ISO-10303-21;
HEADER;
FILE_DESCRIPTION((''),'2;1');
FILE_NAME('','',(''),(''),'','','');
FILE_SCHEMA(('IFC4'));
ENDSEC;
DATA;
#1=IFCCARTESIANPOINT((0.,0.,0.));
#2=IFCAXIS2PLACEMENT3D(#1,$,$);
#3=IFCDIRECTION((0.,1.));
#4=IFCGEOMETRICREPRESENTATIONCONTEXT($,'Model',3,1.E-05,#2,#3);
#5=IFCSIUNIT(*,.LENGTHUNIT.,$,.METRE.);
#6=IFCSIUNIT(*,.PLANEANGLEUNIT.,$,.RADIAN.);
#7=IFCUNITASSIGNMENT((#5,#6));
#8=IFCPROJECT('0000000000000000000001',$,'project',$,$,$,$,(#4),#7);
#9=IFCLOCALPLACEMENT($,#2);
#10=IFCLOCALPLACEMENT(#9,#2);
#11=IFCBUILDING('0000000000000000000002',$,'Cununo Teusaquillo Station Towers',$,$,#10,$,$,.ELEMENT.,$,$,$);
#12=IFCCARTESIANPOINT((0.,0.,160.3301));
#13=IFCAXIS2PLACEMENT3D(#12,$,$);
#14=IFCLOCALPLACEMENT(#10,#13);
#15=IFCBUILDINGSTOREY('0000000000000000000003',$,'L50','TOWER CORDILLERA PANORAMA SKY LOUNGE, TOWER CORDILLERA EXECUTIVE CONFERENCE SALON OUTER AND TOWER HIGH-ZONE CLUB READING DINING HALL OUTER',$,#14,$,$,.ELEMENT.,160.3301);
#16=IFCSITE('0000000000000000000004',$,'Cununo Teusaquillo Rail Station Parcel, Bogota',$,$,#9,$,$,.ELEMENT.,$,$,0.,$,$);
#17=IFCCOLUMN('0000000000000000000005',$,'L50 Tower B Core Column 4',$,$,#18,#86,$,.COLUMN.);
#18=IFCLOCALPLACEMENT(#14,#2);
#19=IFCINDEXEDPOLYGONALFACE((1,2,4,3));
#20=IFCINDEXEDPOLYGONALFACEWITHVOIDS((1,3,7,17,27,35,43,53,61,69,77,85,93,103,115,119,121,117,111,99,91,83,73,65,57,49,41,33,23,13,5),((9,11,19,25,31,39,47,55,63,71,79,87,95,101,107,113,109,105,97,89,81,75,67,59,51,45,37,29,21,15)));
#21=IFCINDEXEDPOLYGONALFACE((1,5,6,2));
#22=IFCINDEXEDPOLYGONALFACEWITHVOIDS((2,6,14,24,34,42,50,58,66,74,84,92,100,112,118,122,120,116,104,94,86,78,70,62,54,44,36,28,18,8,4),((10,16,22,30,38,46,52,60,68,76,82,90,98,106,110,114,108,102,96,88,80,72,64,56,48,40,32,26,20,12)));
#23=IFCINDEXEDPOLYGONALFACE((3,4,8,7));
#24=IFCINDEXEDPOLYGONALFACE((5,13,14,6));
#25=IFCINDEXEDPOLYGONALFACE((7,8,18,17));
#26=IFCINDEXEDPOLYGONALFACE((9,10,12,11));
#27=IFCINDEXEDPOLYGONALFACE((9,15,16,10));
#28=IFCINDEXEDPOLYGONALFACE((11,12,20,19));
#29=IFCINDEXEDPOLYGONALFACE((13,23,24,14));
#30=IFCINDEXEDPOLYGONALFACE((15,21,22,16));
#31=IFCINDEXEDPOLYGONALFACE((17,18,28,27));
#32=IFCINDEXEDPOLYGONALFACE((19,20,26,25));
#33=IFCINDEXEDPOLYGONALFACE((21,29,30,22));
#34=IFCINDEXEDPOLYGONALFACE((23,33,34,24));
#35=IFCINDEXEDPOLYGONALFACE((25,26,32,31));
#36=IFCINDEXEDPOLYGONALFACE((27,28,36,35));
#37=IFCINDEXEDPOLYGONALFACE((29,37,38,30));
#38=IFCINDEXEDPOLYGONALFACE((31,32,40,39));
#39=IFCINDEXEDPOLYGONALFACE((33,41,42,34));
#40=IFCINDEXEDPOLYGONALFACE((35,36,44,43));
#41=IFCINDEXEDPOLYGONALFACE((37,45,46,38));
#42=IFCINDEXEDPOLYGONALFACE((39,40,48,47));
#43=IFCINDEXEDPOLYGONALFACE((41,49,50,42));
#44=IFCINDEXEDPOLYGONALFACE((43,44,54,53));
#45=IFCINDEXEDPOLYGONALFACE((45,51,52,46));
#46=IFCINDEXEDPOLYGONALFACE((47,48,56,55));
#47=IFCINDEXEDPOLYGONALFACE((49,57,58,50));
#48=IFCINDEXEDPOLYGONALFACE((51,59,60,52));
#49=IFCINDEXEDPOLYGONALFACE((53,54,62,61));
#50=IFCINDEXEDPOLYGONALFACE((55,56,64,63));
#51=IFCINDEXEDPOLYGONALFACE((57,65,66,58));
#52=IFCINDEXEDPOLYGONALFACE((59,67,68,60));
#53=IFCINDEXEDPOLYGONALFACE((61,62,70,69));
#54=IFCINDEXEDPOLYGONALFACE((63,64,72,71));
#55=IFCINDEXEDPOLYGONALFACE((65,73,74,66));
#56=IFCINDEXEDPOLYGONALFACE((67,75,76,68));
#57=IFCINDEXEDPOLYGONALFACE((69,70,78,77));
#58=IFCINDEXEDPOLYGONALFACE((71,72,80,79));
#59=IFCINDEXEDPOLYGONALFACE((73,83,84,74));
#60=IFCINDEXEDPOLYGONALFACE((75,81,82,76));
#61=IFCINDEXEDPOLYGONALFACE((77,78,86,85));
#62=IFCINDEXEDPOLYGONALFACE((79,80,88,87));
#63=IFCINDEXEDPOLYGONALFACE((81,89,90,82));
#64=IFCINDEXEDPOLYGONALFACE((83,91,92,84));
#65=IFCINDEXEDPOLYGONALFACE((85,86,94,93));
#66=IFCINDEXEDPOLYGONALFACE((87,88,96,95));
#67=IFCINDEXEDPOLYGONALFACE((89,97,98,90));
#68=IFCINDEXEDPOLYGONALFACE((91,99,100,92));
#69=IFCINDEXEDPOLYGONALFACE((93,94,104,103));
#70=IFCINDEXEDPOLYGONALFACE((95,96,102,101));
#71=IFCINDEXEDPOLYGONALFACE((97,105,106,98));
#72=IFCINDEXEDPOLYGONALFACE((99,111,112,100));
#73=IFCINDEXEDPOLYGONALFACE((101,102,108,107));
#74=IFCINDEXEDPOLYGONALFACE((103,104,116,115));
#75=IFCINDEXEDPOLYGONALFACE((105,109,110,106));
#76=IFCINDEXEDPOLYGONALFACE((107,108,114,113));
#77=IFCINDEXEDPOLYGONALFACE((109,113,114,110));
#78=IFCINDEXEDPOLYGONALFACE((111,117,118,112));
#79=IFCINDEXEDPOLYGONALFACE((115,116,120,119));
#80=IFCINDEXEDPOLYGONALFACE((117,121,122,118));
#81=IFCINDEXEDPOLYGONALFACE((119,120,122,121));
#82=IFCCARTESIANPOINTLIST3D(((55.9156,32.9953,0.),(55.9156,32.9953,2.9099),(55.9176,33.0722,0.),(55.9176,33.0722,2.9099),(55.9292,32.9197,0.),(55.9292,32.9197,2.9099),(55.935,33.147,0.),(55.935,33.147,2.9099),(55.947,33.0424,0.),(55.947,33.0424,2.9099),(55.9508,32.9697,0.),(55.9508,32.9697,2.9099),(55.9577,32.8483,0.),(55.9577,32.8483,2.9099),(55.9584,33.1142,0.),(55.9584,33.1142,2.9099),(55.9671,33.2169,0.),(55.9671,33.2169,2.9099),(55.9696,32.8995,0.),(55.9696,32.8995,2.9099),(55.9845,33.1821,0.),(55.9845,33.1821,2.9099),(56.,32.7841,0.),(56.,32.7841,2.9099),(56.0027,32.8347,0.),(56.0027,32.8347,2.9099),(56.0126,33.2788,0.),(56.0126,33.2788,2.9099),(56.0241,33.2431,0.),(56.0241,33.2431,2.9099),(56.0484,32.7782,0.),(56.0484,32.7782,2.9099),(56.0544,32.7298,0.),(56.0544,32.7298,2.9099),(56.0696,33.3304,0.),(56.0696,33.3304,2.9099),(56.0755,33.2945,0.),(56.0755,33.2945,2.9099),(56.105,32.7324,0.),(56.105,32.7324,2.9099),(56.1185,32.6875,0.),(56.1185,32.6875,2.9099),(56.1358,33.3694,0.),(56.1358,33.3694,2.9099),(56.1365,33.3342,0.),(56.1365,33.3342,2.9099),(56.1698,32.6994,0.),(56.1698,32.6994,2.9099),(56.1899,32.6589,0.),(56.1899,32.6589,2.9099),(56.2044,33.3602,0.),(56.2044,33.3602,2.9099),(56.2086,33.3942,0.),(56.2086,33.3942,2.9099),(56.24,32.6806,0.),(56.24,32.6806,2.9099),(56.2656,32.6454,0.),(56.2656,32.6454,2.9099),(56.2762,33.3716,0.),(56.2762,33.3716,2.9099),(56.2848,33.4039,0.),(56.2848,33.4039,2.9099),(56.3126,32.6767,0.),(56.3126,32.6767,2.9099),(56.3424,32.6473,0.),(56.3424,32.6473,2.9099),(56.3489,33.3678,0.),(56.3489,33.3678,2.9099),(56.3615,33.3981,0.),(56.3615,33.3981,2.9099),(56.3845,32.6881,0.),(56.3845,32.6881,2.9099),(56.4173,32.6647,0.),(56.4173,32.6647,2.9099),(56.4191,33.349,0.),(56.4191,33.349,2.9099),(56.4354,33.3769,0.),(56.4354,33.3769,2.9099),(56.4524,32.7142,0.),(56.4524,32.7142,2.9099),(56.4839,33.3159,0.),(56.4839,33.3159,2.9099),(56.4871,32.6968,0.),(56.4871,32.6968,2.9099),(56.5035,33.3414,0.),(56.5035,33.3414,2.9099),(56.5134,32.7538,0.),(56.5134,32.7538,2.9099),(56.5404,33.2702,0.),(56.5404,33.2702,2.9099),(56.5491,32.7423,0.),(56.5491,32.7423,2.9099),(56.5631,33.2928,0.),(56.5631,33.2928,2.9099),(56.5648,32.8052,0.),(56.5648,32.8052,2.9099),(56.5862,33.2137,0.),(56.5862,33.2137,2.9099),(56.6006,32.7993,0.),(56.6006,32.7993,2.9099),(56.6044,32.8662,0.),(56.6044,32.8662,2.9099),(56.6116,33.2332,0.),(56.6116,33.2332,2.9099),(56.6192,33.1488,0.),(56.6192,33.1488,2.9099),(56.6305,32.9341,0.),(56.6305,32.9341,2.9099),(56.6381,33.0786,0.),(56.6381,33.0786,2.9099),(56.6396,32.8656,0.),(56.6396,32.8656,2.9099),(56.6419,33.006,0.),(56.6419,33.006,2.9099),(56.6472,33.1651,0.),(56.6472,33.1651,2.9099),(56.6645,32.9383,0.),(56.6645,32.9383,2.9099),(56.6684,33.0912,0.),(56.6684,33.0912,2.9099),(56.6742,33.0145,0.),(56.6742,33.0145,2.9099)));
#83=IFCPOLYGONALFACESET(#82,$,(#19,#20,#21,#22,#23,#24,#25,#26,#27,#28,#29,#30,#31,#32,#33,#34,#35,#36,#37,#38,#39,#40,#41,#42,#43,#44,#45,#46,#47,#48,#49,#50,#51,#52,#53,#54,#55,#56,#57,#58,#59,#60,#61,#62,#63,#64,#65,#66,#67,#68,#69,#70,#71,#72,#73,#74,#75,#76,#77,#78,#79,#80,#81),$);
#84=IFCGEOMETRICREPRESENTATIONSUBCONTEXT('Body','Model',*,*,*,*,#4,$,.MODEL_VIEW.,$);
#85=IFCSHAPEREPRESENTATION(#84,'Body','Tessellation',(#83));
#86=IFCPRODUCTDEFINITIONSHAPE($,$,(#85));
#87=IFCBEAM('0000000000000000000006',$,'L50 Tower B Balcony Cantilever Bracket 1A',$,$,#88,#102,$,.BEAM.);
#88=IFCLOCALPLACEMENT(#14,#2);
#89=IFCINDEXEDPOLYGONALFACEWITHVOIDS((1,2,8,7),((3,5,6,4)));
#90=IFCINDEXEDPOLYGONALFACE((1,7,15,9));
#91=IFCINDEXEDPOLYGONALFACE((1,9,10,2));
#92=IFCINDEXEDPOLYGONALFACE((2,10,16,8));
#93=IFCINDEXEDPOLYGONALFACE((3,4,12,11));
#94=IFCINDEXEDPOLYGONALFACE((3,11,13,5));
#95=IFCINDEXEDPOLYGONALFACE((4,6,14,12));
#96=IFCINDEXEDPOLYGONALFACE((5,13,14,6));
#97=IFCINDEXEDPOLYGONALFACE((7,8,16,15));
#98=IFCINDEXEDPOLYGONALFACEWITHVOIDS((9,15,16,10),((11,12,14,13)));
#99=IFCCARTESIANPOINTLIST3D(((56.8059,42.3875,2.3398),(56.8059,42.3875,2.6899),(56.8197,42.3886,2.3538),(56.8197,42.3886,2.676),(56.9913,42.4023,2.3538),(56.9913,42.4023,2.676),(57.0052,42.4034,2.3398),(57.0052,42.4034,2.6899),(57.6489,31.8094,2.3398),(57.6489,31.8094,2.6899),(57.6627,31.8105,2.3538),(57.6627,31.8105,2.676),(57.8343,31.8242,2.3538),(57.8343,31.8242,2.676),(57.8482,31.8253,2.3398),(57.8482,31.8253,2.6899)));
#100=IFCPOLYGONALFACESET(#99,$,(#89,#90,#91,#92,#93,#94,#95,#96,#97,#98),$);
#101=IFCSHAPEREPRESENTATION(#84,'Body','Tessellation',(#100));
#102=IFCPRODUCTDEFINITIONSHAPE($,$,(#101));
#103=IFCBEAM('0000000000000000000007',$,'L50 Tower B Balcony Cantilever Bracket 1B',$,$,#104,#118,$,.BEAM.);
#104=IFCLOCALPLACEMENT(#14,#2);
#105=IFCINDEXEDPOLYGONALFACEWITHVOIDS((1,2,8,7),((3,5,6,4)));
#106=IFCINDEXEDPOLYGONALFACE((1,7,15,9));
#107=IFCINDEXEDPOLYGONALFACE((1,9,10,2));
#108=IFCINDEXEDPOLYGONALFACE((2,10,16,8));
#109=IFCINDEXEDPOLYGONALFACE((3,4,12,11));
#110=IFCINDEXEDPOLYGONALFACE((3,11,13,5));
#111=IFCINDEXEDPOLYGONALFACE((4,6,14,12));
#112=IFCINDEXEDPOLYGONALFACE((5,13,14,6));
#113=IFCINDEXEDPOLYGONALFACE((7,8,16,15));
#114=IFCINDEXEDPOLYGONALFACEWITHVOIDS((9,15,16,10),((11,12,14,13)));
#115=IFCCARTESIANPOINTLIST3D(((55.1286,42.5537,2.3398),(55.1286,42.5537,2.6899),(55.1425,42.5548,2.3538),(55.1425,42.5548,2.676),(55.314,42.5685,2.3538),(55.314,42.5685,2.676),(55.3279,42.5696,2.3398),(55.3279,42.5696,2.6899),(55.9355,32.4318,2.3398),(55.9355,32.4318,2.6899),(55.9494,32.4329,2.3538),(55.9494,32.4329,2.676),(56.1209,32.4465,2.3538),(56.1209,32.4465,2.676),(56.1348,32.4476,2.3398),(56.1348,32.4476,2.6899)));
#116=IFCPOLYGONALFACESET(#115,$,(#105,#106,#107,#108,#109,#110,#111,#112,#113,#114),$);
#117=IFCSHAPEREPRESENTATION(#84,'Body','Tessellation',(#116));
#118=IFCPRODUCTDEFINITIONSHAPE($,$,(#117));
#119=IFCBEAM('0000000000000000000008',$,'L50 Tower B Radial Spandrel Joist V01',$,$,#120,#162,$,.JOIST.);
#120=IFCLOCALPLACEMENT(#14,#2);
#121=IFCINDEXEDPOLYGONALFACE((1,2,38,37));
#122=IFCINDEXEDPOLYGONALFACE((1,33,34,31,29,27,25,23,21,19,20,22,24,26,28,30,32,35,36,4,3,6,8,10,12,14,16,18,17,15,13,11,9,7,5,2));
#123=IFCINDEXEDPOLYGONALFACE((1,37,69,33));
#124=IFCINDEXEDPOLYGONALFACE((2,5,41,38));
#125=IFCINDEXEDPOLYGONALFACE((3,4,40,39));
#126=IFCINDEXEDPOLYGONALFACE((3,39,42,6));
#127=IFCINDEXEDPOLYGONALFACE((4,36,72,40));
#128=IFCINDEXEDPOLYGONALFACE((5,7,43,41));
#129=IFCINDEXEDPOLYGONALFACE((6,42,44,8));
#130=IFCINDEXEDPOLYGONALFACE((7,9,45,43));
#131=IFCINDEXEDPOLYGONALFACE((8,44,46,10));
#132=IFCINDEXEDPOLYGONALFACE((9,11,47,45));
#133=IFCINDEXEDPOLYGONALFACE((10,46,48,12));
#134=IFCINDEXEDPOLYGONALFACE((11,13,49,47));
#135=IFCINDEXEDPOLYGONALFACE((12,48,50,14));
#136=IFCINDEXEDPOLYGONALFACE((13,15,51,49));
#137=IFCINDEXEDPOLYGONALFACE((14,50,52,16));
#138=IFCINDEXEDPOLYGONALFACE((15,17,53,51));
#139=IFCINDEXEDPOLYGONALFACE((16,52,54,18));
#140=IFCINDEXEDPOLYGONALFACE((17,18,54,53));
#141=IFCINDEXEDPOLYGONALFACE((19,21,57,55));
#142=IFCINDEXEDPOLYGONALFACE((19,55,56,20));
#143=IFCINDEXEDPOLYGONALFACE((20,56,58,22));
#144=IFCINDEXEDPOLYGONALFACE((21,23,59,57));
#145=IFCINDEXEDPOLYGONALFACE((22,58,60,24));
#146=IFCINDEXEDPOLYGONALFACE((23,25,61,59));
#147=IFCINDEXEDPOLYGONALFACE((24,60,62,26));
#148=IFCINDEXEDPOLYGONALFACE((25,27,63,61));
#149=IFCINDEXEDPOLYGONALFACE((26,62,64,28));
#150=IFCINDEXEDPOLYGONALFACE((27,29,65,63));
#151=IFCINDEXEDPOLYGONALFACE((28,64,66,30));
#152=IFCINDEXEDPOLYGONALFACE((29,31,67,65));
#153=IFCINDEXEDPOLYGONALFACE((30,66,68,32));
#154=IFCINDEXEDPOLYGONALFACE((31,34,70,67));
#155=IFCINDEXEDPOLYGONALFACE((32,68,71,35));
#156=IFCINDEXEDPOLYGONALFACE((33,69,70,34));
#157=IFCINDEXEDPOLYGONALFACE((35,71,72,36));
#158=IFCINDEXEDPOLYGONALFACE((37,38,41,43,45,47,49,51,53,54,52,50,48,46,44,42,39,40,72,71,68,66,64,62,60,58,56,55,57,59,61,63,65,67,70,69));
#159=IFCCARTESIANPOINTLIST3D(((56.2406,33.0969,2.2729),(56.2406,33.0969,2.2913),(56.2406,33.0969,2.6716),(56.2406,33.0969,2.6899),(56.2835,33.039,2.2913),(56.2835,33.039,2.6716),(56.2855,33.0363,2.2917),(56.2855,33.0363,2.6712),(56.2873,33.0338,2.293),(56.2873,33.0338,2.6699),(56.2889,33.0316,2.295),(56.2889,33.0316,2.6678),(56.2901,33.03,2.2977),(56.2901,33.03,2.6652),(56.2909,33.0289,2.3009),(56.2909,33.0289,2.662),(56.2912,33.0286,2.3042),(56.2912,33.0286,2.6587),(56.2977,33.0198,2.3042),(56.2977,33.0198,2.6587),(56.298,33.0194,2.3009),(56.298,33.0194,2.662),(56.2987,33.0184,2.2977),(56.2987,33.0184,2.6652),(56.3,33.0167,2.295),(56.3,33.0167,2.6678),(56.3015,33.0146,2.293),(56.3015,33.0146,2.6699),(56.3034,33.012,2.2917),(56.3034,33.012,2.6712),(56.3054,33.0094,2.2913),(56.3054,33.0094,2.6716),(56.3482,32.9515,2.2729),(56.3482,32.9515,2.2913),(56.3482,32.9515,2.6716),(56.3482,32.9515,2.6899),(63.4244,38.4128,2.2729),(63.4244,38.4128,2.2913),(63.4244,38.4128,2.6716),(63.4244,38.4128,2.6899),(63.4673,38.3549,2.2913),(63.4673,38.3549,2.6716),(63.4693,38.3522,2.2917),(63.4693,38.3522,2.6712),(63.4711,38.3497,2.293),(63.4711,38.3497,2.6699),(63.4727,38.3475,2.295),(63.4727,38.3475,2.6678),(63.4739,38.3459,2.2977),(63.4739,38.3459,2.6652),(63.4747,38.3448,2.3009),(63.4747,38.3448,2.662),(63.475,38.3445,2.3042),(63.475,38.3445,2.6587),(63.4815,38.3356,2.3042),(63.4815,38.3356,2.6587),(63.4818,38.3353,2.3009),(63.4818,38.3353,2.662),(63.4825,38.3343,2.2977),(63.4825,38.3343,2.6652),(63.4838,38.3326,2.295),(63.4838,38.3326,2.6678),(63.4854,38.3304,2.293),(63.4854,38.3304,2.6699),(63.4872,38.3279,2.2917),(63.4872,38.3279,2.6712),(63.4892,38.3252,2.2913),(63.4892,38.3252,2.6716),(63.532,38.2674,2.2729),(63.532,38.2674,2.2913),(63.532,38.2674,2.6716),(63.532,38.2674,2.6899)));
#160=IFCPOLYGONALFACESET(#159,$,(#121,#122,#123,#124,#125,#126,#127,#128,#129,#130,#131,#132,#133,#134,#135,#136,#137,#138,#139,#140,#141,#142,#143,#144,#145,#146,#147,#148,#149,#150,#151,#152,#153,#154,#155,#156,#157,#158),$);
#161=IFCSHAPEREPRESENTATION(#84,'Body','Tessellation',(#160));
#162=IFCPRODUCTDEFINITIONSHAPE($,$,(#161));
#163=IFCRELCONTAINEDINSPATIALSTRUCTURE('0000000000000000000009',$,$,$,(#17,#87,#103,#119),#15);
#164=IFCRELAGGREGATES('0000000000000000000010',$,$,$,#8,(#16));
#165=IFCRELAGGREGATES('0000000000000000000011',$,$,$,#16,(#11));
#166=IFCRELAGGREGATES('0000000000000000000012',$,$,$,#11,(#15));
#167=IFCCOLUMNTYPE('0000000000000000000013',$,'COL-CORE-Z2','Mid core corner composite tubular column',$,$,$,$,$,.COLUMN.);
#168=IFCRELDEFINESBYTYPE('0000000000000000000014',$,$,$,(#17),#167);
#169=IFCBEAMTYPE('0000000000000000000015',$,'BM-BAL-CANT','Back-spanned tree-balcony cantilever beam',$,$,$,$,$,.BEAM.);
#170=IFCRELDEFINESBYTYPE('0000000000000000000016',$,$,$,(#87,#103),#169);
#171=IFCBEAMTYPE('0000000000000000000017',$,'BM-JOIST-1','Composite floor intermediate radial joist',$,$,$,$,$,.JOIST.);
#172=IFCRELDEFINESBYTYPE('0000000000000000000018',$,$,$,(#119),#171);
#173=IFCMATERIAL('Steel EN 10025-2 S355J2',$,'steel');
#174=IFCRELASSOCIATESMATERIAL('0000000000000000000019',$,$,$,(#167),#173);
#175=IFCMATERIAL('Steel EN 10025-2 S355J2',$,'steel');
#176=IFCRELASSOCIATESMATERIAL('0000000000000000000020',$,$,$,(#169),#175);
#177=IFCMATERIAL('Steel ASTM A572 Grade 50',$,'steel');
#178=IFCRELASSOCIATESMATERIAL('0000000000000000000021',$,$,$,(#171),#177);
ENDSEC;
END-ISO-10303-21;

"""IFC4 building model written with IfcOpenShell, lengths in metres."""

from ifc_helpers import new_model, si_unit, direction, frame, origin, origin_2d, place, context, subcontext, project, spatial, hollow_rectangle, hollow_circle, i_section, extrude, material, material_profile, profile_set, type_object, element, save


model = new_model("IFC4")

# Units and contexts
model_context = context("Model", 3, precision=1e-05, world=origin(), true_north=direction((0.0, 1.0)))
body_context = subcontext(model_context, "Body", "Model", "MODEL_VIEW")
ifc_project = project(units=[si_unit("LENGTHUNIT", "METRE"), si_unit("PLANEANGLEUNIT", "RADIAN")], contexts=[model_context])

# Site, building, storey
site_placement = place(None, origin())
site = spatial("IfcSite", under=ifc_project, at=site_placement, Name="Cununo Teusaquillo Rail Station Parcel, Bogota", CompositionType="ELEMENT", RefElevation=0.0)
building_placement = place(site_placement, origin())
building = spatial("IfcBuilding", under=site, at=building_placement, Name="Cununo Teusaquillo Station Towers", CompositionType="ELEMENT")
storey_placement = place(building_placement, frame((0.0, 0.0, 160.3301)))
storey = spatial("IfcBuildingStorey", under=building, at=storey_placement, Name="L50", Description="TOWER CORDILLERA PANORAMA SKY LOUNGE, TOWER CORDILLERA EXECUTIVE CONFERENCE SALON OUTER AND TOWER HIGH-ZONE CLUB READING DINING HALL OUTER", CompositionType="ELEMENT", Elevation=160.3301)

# Column
ifc_material_1 = material(Name="Steel EN 10025-2 S355J2", Category="steel")
ifc_material_profile_1 = material_profile(ifc_material_1, hollow_circle(Radius=0.3799, WallThickness=0.032, at=origin_2d()), Name="CHS 760x32")
ifc_profile_set_1 = profile_set([ifc_material_profile_1], Name="Steel EN 10025-2 S355J2")
column_type = type_object("IfcColumnType", Name="COL-CORE-Z2", Description="Mid core corner composite tubular column", PredefinedType="COLUMN", material=ifc_profile_set_1)
column_placement = place(storey_placement, frame((56.2944, 33.0242, 0.0), z_axis=(0.0, 0.0, 1.0), x_axis=(0.707107, 0.707107, 0.0)))
element("IfcColumn", 1, at=column_placement, inside=storey, type_object=column_type, Name="L50 Tower B Core Column 4", PredefinedType="COLUMN", context=body_context, shape_type="SweptSolid", body=[
    extrude(hollow_circle(Radius=0.3799, WallThickness=0.032, at=origin_2d()), origin(), (0.0, 0.0, 1.0), 2.9099),
])

# Beams
ifc_material_2 = material(Name="Steel EN 10025-2 S355J2", Category="steel")
ifc_material_profile_2 = material_profile(ifc_material_2, hollow_rectangle(XDim=0.2, YDim=0.3501, WallThickness=0.0139, at=origin_2d()), Name="RHS 350x200x14")
ifc_profile_set_2 = profile_set([ifc_material_profile_2], Name="Steel EN 10025-2 S355J2")
beam_type_1 = type_object("IfcBeamType", Name="BM-BAL-CANT", Description="Back-spanned tree-balcony cantilever beam", PredefinedType="BEAM", material=ifc_profile_set_2)
beam_1_placement = place(storey_placement, frame((57.7485, 31.8174, 2.5149), z_axis=(-0.079443, 0.996839, 0.0), x_axis=(-0.996839, -0.079443, 0.0)))
element("IfcBeam", 2, at=beam_1_placement, inside=storey, type_object=beam_type_1, Name="L50 Tower B Balcony Cantilever Bracket 1A", PredefinedType="BEAM", context=body_context, shape_type="SweptSolid", body=[
    extrude(hollow_rectangle(XDim=0.2, YDim=0.3501, WallThickness=0.0139, at=origin_2d()), origin(), (0.0, 0.0, 1.0), 10.6116),
])
beam_2_placement = place(storey_placement, frame((56.0352, 32.4397, 2.5149), z_axis=(-0.079465, 0.996838, 0.0), x_axis=(-0.996838, -0.079465, 0.0)))
element("IfcBeam", 3, at=beam_2_placement, inside=storey, type_object=beam_type_1, Name="L50 Tower B Balcony Cantilever Bracket 1B", PredefinedType="BEAM", context=body_context, shape_type="SweptSolid", body=[
    extrude(hollow_rectangle(XDim=0.2, YDim=0.3501, WallThickness=0.0139, at=origin_2d()), origin(), (0.0, 0.0, 1.0), 10.1541),
])
ifc_material_3 = material(Name="Steel ASTM A572 Grade 50", Category="steel")
ifc_material_profile_3 = material_profile(ifc_material_3, i_section(OverallWidth=0.1809, OverallDepth=0.417, WebThickness=0.011, FlangeThickness=0.0183, FilletRadius=0.0129, at=origin_2d()), Name="W16X57")
ifc_profile_set_3 = profile_set([ifc_material_profile_3], Name="Steel ASTM A572 Grade 50")
beam_type_2 = type_object("IfcBeamType", Name="BM-JOIST-1", Description="Composite floor intermediate radial joist", PredefinedType="JOIST", material=ifc_profile_set_3)
beam_3_placement = place(storey_placement, frame((56.2944, 33.0242, 2.4814), z_axis=(0.803848, 0.594834, 0.0), x_axis=(-0.594834, 0.803848, 0.0)))
element("IfcBeam", 4, at=beam_3_placement, inside=storey, type_object=beam_type_2, Name="L50 Tower B Radial Spandrel Joist V01", PredefinedType="JOIST", context=body_context, shape_type="SweptSolid", body=[
    extrude(i_section(OverallWidth=0.1809, OverallDepth=0.417, WebThickness=0.011, FlangeThickness=0.0183, FilletRadius=0.0129, at=origin_2d()), origin(), (0.0, 0.0, 1.0), 8.9368),
])

save(model, "model.ifc")
